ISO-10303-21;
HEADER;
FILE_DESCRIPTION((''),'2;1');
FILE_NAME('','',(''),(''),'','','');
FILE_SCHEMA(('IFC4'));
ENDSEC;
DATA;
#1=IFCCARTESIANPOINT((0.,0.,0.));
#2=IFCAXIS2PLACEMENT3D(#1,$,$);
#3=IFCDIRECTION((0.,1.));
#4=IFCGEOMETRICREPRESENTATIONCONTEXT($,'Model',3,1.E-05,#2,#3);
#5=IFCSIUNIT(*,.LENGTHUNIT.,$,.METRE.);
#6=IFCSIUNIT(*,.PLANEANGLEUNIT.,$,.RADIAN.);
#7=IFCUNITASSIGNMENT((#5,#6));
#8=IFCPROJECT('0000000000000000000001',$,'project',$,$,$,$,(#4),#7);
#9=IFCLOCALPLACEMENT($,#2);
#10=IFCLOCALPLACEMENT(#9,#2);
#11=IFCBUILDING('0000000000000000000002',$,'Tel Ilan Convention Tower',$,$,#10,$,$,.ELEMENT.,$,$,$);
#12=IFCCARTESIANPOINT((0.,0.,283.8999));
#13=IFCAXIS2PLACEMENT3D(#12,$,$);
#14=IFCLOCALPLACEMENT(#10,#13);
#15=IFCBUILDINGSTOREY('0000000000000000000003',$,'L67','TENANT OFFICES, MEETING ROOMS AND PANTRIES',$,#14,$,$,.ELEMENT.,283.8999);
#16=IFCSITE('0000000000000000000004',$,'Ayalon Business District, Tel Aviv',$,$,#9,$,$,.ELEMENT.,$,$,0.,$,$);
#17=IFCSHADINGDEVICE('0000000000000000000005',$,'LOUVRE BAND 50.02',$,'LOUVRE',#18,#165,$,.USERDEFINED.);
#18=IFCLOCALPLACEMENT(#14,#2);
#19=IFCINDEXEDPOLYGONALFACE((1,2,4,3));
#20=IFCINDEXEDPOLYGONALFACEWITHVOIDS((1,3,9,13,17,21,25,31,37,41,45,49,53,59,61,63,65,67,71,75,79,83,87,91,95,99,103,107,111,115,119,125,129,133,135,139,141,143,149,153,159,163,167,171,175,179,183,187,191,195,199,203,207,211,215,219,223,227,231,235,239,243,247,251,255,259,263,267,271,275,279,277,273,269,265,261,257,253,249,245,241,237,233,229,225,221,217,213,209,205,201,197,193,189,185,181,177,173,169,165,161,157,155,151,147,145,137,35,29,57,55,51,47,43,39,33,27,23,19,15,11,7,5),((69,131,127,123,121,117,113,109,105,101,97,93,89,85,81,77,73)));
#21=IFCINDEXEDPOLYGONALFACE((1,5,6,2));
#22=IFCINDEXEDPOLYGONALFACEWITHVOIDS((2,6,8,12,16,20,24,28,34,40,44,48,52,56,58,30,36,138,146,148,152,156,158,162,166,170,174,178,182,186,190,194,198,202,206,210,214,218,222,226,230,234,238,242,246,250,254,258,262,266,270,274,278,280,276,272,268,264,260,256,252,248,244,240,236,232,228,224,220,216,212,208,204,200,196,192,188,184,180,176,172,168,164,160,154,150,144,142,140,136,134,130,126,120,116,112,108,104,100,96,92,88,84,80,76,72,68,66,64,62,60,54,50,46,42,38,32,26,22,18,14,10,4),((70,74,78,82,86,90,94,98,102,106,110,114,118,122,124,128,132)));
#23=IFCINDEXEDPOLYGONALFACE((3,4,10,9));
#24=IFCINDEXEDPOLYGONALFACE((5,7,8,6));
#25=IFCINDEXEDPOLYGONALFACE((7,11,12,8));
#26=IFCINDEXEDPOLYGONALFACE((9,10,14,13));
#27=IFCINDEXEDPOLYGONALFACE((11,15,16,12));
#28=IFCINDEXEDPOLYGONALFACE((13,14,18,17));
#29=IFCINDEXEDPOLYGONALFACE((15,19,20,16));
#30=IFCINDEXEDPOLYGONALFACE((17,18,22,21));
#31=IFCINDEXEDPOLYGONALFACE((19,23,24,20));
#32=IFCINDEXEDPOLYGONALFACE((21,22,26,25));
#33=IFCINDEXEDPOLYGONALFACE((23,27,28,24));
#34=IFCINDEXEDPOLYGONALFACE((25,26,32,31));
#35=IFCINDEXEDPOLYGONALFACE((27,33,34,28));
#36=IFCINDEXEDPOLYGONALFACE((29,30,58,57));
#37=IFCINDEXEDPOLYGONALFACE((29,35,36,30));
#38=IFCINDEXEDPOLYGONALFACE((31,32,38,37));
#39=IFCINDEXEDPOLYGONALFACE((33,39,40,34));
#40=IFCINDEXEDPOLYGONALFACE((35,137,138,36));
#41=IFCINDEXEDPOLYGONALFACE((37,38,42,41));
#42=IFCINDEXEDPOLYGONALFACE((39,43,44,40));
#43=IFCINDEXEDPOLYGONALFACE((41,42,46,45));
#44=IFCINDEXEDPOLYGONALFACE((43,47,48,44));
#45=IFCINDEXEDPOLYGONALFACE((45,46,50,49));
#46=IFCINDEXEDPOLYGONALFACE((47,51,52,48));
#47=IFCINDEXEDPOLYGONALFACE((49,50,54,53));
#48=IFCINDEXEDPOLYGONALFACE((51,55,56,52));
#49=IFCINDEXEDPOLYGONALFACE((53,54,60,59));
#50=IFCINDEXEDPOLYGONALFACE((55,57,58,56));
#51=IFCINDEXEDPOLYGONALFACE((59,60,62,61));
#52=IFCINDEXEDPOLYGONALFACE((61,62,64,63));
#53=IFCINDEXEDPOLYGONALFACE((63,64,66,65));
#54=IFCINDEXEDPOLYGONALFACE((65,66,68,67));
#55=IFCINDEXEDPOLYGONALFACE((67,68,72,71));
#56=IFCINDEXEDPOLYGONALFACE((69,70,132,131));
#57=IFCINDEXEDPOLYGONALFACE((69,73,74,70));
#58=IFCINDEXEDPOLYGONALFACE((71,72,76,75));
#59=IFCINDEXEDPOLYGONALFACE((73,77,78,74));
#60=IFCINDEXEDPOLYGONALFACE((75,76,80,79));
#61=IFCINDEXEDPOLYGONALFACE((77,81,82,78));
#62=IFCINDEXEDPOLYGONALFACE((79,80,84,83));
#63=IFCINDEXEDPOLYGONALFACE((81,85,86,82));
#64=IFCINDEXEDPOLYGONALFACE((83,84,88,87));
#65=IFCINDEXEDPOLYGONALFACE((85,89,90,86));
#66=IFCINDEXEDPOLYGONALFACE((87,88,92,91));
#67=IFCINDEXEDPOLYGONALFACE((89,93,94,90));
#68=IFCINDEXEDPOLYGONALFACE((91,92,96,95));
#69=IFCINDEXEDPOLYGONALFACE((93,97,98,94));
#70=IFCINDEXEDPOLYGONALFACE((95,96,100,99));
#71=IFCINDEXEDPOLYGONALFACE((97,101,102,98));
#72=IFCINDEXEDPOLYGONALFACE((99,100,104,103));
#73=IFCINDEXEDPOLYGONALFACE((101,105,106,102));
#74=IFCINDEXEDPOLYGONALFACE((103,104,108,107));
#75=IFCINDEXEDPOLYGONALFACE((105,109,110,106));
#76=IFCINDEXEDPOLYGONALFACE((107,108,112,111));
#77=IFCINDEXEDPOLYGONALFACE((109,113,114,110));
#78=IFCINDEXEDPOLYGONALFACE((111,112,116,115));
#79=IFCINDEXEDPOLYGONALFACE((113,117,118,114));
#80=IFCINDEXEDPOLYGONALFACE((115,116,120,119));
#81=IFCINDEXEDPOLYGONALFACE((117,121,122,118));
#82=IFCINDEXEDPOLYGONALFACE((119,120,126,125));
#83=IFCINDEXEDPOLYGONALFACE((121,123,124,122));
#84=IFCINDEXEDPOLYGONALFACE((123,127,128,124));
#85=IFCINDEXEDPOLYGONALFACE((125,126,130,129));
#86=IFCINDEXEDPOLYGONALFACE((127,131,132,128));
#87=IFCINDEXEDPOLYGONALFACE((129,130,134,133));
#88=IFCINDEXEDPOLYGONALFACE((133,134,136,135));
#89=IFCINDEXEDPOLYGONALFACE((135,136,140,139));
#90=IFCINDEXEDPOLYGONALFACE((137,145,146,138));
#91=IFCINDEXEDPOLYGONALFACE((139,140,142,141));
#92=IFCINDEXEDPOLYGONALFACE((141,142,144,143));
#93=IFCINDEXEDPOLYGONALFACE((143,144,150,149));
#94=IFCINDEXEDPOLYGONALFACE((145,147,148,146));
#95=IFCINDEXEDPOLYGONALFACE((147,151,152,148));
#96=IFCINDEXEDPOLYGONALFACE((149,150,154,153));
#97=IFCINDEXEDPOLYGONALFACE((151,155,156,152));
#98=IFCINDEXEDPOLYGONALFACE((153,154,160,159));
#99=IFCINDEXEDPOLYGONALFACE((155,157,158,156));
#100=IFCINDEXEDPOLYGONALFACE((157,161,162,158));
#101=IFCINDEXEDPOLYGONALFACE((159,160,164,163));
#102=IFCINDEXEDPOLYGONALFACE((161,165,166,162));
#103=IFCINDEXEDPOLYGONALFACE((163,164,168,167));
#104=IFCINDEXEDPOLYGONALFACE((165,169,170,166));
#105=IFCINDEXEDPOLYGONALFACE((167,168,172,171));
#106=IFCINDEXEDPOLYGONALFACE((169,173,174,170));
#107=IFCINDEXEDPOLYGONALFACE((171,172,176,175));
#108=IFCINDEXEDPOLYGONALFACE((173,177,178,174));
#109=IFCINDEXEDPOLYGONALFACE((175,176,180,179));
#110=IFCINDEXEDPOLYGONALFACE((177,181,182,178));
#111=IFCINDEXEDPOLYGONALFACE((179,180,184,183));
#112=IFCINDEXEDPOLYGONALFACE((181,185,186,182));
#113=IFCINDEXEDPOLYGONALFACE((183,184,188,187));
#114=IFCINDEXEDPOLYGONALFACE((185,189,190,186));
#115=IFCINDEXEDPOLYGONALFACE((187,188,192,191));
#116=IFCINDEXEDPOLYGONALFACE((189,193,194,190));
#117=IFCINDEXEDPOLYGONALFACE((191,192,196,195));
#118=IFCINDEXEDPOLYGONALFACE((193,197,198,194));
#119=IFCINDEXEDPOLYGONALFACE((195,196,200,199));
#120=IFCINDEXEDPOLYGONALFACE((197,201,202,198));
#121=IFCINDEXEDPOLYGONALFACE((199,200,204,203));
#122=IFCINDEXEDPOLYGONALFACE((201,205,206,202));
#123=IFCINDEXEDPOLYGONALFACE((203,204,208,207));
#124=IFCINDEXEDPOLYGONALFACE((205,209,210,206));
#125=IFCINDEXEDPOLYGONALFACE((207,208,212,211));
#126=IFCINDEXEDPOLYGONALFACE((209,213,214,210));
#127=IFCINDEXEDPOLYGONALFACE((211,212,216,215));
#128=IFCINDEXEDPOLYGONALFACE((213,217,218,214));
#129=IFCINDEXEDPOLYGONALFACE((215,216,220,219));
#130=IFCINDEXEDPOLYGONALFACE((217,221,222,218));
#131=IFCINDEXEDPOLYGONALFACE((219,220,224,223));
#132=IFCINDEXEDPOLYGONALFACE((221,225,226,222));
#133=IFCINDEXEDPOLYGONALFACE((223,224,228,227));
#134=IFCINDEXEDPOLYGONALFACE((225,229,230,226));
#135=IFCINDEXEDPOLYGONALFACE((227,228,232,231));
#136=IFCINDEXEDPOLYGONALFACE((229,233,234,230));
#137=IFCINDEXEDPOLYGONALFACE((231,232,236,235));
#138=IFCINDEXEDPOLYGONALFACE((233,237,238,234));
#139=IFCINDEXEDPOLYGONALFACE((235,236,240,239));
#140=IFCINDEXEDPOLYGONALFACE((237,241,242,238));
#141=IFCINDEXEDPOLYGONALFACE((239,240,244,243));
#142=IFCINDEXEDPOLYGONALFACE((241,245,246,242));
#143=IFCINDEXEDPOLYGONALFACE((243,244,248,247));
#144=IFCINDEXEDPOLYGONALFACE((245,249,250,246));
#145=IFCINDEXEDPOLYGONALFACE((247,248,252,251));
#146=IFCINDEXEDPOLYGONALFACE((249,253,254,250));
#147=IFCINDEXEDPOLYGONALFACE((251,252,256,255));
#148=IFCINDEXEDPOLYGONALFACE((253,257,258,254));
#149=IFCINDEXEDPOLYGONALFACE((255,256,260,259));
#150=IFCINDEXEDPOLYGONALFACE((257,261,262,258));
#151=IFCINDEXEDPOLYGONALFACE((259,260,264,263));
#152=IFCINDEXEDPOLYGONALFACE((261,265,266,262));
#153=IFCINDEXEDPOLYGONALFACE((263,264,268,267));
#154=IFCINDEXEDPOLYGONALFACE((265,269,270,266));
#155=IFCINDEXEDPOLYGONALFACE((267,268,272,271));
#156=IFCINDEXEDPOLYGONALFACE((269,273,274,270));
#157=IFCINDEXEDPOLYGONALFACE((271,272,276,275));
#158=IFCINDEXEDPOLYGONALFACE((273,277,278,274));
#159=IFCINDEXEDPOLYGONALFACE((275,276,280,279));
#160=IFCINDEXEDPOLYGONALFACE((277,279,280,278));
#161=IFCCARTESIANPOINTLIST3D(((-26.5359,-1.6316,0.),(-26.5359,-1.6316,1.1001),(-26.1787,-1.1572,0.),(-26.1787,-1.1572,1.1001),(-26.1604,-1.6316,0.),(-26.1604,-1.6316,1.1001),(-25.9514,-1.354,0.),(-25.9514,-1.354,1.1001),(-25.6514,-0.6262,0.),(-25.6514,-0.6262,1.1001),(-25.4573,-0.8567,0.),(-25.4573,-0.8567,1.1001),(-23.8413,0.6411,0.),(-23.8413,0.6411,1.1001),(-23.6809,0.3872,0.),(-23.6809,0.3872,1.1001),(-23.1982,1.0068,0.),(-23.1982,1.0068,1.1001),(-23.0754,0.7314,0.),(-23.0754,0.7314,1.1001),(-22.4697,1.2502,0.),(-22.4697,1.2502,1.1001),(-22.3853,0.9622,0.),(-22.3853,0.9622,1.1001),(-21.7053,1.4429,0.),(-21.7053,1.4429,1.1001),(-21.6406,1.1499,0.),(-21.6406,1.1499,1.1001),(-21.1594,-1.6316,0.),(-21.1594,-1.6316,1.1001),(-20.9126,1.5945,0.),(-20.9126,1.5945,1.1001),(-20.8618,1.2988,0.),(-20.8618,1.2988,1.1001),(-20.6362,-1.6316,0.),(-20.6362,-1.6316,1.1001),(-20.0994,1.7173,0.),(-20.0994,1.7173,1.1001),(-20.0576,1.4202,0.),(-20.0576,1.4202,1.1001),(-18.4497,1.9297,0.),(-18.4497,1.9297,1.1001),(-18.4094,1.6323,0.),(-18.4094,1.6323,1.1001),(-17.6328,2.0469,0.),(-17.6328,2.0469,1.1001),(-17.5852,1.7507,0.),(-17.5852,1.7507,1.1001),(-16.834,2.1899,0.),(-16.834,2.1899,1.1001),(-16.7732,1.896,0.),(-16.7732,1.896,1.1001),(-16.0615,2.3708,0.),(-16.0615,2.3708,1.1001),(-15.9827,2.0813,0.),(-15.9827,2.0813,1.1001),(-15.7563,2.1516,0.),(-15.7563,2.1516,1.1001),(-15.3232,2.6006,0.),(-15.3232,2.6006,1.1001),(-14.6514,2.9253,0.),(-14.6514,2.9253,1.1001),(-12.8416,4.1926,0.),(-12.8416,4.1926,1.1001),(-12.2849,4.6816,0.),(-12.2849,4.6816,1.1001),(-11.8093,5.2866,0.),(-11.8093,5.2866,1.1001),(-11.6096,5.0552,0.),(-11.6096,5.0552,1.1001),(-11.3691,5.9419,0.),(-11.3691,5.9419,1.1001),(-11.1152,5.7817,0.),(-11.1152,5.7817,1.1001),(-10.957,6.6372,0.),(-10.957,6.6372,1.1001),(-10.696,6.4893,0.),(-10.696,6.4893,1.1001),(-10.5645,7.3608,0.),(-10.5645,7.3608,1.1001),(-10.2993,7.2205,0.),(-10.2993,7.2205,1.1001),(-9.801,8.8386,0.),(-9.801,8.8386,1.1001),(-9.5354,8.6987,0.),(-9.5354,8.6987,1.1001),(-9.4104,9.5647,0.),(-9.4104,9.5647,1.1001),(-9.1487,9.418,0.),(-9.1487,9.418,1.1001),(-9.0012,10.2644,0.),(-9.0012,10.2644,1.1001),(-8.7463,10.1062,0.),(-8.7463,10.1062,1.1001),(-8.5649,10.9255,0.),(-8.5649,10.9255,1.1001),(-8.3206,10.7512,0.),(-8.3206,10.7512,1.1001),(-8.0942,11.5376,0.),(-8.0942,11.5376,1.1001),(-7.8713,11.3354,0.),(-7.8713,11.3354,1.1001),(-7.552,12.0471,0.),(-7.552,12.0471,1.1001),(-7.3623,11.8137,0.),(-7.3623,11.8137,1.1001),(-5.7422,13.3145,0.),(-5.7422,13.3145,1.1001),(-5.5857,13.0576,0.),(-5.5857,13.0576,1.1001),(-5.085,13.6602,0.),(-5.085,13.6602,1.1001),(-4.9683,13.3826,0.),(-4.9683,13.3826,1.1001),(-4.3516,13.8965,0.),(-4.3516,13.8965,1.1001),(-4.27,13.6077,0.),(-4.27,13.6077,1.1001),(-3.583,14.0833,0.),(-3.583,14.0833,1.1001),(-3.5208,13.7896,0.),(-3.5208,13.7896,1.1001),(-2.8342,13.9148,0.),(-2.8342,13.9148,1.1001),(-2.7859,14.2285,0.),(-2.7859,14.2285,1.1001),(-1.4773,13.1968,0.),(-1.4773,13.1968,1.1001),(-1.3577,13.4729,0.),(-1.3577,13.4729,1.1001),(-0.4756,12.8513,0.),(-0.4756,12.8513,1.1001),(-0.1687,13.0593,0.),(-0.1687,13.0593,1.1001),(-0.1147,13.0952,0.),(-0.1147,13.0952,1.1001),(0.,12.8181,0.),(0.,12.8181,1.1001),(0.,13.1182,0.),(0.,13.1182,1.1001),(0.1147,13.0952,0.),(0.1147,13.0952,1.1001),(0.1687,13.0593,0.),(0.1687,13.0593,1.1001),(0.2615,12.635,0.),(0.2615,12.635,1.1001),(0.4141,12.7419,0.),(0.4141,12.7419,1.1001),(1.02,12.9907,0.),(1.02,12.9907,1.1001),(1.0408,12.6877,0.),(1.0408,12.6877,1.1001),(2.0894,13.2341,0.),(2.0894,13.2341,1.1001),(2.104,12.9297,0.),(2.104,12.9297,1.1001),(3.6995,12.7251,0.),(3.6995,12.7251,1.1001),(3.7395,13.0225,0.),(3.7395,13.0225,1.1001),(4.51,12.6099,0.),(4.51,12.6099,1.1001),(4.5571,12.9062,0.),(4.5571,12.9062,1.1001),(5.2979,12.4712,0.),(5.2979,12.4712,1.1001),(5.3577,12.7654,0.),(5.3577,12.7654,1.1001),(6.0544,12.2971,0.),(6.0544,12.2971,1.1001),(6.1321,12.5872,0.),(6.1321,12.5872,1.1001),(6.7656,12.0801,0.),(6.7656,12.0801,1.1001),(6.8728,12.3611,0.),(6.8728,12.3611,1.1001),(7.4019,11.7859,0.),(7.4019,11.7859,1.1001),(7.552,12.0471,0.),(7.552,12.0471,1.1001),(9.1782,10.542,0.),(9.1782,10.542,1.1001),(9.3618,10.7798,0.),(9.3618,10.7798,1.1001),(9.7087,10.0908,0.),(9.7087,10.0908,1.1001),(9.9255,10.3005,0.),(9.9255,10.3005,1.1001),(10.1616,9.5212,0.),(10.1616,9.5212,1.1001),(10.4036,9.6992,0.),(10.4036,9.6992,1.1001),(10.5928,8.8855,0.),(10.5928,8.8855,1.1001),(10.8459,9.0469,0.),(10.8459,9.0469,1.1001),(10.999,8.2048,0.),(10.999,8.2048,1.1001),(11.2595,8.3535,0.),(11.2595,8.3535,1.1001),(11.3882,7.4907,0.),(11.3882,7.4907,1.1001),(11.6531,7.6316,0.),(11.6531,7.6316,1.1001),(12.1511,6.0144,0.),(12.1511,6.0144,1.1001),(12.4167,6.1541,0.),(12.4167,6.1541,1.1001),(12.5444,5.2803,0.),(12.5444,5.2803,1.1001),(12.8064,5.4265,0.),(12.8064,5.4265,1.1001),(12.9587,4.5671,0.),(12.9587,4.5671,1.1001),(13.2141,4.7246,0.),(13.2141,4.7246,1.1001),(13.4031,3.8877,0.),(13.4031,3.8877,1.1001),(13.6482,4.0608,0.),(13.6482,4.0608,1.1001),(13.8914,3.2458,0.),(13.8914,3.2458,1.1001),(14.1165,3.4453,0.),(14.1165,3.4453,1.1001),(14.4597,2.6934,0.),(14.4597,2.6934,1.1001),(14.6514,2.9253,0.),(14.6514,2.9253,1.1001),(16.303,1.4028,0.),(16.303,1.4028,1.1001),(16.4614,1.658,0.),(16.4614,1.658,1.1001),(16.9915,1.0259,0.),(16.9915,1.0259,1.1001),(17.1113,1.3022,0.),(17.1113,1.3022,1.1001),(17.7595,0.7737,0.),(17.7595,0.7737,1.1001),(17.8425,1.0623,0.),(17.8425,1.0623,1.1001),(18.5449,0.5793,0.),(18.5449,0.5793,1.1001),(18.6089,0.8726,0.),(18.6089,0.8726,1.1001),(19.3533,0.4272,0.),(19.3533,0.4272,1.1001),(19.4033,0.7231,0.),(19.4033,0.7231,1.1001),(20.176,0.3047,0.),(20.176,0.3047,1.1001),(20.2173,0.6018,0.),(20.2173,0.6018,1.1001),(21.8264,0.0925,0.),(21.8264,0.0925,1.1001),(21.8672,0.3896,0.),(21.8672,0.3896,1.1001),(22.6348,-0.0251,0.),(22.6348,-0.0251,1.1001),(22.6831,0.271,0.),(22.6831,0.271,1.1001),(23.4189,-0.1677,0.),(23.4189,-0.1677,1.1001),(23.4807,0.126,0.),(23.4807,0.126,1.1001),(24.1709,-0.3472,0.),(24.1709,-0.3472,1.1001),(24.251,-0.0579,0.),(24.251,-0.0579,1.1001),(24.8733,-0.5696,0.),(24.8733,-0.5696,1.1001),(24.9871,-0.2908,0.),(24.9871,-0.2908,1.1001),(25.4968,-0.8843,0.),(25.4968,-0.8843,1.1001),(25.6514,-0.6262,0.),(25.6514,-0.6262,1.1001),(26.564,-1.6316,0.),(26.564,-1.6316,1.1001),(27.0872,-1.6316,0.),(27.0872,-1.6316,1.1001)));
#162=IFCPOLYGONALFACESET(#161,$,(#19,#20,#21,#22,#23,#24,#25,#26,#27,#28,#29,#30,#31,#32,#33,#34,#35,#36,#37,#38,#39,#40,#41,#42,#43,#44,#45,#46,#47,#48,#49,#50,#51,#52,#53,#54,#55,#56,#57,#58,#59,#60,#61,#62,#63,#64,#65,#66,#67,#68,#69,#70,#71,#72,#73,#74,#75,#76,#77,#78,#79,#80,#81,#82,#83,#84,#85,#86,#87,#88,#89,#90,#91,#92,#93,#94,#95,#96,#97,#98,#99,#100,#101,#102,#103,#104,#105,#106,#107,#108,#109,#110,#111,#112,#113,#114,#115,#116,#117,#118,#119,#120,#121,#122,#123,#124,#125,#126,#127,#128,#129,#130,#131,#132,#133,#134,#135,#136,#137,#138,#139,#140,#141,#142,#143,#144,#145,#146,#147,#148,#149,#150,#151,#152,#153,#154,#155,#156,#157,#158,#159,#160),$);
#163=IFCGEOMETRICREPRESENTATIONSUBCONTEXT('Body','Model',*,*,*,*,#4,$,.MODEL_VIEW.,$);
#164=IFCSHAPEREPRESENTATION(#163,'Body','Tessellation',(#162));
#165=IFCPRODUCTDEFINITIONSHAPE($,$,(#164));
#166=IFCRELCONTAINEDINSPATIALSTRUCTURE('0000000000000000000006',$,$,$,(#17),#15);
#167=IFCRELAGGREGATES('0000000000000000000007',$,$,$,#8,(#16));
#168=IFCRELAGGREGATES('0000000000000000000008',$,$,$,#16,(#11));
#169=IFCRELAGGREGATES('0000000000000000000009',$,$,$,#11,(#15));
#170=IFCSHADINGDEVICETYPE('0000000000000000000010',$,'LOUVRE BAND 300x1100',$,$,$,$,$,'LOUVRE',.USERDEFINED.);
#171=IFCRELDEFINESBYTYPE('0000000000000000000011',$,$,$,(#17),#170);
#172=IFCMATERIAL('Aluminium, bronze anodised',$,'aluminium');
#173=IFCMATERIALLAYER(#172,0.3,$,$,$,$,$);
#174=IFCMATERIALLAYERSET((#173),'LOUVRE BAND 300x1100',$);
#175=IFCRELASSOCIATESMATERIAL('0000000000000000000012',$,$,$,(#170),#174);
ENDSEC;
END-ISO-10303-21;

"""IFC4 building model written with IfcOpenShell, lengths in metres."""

from ifc_helpers import new_model, si_unit, direction, frame, origin, place, context, subcontext, project, spatial, polyline, outline, extrude, material, layer, layer_set, type_object, element, save


model = new_model("IFC4")

# Units and contexts
model_context = context("Model", 3, precision=1e-05, world=origin(), true_north=direction((0.0, 1.0)))
body_context = subcontext(model_context, "Body", "Model", "MODEL_VIEW")
ifc_project = project(units=[si_unit("LENGTHUNIT", "METRE"), si_unit("PLANEANGLEUNIT", "RADIAN")], contexts=[model_context])

# Site, building, storey
site_placement = place(None, origin())
site = spatial("IfcSite", under=ifc_project, at=site_placement, Name="Ayalon Business District, Tel Aviv", CompositionType="ELEMENT", RefElevation=0.0)
building_placement = place(site_placement, origin())
building = spatial("IfcBuilding", under=site, at=building_placement, Name="Tel Ilan Convention Tower", CompositionType="ELEMENT")
storey_placement = place(building_placement, frame((0.0, 0.0, 283.8999)))
storey = spatial("IfcBuildingStorey", under=building, at=storey_placement, Name="L67", Description="TENANT OFFICES, MEETING ROOMS AND PANTRIES", CompositionType="ELEMENT", Elevation=283.8999)

# Shading device
ifc_material_1 = material(Name="Aluminium, bronze anodised", Category="aluminium")
ifc_layer_1 = layer(ifc_material_1, 0.3)
ifc_layer_set_1 = layer_set([ifc_layer_1], Name="LOUVRE BAND 300x1100")
shading_device_type_1 = type_object("IfcShadingDeviceType", Name="LOUVRE BAND 300x1100", ElementType="LOUVRE", PredefinedType="USERDEFINED", material=ifc_layer_set_1)
shading_device_1_placement = place(storey_placement, origin())
element("IfcShadingDevice", 1, at=shading_device_1_placement, inside=storey, type_object=shading_device_type_1, Name="LOUVRE BAND 50.02", ObjectType="LOUVRE", PredefinedType="USERDEFINED", context=body_context, shape_type="SweptSolid", body=[
    extrude(outline(polyline([(-26.1787, -1.1572), (-26.5359, -1.6316), (-26.1604, -1.6316), (-25.9514, -1.354), (-25.4573, -0.8567), (-23.6809, 0.3872), (-23.0754, 0.7314), (-22.3853, 0.9622), (-21.6406, 1.1499), (-20.8618, 1.2988), (-20.0576, 1.4202), (-18.4094, 1.6323), (-17.5852, 1.7507), (-16.7732, 1.896), (-15.9827, 2.0813), (-15.7563, 2.1516), (-21.1594, -1.6316), (-20.6362, -1.6316), (0.0, 12.8181), (0.2615, 12.635), (0.4141, 12.7419), (1.0408, 12.6877), (2.104, 12.9297), (3.6995, 12.7251), (4.51, 12.6099), (5.2979, 12.4712), (6.0544, 12.2971), (6.7656, 12.0801), (7.4019, 11.7859), (9.1782, 10.542), (9.7087, 10.0908), (10.1616, 9.5212), (10.5928, 8.8855), (10.999, 8.2048), (11.3882, 7.4907), (12.1511, 6.0144), (12.5444, 5.2803), (12.9587, 4.5671), (13.4031, 3.8877), (13.8914, 3.2458), (14.4597, 2.6934), (16.303, 1.4028), (16.9915, 1.0259), (17.7595, 0.7737), (18.5449, 0.5793), (19.3533, 0.4272), (20.176, 0.3047), (21.8264, 0.0925), (22.6348, -0.0251), (23.4189, -0.1677), (24.1709, -0.3472), (24.8733, -0.5696), (25.4968, -0.8843), (26.564, -1.6316), (27.0872, -1.6316), (25.6514, -0.6262), (24.9871, -0.2908), (24.251, -0.0579), (23.4807, 0.126), (22.6831, 0.271), (21.8672, 0.3896), (20.2173, 0.6018), (19.4033, 0.7231), (18.6089, 0.8726), (17.8425, 1.0623), (17.1113, 1.3022), (16.4614, 1.658), (14.6514, 2.9253), (14.1165, 3.4453), (13.6482, 4.0608), (13.2141, 4.7246), (12.8064, 5.4265), (12.4167, 6.1541), (11.6531, 7.6316), (11.2595, 8.3535), (10.8459, 9.0469), (10.4036, 9.6992), (9.9255, 10.3005), (9.3618, 10.7798), (7.552, 12.0471), (6.8728, 12.3611), (6.1321, 12.5872), (5.3577, 12.7654), (4.5571, 12.9062), (3.7395, 13.0225), (2.0894, 13.2341), (1.02, 12.9907), (0.1687, 13.0593), (0.1147, 13.0952), (0.0, 13.1182), (-0.1147, 13.0952), (-0.1687, 13.0593), (-1.3577, 13.4729), (-2.7859, 14.2285), (-3.583, 14.0833), (-4.3516, 13.8965), (-5.085, 13.6602), (-5.7422, 13.3145), (-7.552, 12.0471), (-8.0942, 11.5376), (-8.5649, 10.9255), (-9.0012, 10.2644), (-9.4104, 9.5647), (-9.801, 8.8386), (-10.5645, 7.3608), (-10.957, 6.6372), (-11.3691, 5.9419), (-11.8093, 5.2866), (-12.2849, 4.6816), (-12.8416, 4.1926), (-14.6514, 2.9253), (-15.3232, 2.6006), (-16.0615, 2.3708), (-16.834, 2.1899), (-17.6328, 2.0469), (-18.4497, 1.9297), (-20.0994, 1.7173), (-20.9126, 1.5945), (-21.7053, 1.4429), (-22.4697, 1.2502), (-23.1982, 1.0068), (-23.8413, 0.6411), (-25.6514, -0.6262), (-26.1787, -1.1572)]), holes=[polyline([(-11.6096, 5.0552), (-11.1152, 5.7817), (-10.696, 6.4893), (-10.2993, 7.2205), (-9.5354, 8.6987), (-9.1487, 9.418), (-8.7463, 10.1062), (-8.3206, 10.7512), (-7.8713, 11.3354), (-7.3623, 11.8137), (-5.5857, 13.0576), (-4.9683, 13.3826), (-4.27, 13.6077), (-3.5208, 13.7896), (-2.8342, 13.9148), (-1.4773, 13.1968), (-0.4756, 12.8513), (-11.6096, 5.0552)])]), origin(), (0.0, 0.0, 1.0), 1.1001),
])

save(model, "model.ifc")
